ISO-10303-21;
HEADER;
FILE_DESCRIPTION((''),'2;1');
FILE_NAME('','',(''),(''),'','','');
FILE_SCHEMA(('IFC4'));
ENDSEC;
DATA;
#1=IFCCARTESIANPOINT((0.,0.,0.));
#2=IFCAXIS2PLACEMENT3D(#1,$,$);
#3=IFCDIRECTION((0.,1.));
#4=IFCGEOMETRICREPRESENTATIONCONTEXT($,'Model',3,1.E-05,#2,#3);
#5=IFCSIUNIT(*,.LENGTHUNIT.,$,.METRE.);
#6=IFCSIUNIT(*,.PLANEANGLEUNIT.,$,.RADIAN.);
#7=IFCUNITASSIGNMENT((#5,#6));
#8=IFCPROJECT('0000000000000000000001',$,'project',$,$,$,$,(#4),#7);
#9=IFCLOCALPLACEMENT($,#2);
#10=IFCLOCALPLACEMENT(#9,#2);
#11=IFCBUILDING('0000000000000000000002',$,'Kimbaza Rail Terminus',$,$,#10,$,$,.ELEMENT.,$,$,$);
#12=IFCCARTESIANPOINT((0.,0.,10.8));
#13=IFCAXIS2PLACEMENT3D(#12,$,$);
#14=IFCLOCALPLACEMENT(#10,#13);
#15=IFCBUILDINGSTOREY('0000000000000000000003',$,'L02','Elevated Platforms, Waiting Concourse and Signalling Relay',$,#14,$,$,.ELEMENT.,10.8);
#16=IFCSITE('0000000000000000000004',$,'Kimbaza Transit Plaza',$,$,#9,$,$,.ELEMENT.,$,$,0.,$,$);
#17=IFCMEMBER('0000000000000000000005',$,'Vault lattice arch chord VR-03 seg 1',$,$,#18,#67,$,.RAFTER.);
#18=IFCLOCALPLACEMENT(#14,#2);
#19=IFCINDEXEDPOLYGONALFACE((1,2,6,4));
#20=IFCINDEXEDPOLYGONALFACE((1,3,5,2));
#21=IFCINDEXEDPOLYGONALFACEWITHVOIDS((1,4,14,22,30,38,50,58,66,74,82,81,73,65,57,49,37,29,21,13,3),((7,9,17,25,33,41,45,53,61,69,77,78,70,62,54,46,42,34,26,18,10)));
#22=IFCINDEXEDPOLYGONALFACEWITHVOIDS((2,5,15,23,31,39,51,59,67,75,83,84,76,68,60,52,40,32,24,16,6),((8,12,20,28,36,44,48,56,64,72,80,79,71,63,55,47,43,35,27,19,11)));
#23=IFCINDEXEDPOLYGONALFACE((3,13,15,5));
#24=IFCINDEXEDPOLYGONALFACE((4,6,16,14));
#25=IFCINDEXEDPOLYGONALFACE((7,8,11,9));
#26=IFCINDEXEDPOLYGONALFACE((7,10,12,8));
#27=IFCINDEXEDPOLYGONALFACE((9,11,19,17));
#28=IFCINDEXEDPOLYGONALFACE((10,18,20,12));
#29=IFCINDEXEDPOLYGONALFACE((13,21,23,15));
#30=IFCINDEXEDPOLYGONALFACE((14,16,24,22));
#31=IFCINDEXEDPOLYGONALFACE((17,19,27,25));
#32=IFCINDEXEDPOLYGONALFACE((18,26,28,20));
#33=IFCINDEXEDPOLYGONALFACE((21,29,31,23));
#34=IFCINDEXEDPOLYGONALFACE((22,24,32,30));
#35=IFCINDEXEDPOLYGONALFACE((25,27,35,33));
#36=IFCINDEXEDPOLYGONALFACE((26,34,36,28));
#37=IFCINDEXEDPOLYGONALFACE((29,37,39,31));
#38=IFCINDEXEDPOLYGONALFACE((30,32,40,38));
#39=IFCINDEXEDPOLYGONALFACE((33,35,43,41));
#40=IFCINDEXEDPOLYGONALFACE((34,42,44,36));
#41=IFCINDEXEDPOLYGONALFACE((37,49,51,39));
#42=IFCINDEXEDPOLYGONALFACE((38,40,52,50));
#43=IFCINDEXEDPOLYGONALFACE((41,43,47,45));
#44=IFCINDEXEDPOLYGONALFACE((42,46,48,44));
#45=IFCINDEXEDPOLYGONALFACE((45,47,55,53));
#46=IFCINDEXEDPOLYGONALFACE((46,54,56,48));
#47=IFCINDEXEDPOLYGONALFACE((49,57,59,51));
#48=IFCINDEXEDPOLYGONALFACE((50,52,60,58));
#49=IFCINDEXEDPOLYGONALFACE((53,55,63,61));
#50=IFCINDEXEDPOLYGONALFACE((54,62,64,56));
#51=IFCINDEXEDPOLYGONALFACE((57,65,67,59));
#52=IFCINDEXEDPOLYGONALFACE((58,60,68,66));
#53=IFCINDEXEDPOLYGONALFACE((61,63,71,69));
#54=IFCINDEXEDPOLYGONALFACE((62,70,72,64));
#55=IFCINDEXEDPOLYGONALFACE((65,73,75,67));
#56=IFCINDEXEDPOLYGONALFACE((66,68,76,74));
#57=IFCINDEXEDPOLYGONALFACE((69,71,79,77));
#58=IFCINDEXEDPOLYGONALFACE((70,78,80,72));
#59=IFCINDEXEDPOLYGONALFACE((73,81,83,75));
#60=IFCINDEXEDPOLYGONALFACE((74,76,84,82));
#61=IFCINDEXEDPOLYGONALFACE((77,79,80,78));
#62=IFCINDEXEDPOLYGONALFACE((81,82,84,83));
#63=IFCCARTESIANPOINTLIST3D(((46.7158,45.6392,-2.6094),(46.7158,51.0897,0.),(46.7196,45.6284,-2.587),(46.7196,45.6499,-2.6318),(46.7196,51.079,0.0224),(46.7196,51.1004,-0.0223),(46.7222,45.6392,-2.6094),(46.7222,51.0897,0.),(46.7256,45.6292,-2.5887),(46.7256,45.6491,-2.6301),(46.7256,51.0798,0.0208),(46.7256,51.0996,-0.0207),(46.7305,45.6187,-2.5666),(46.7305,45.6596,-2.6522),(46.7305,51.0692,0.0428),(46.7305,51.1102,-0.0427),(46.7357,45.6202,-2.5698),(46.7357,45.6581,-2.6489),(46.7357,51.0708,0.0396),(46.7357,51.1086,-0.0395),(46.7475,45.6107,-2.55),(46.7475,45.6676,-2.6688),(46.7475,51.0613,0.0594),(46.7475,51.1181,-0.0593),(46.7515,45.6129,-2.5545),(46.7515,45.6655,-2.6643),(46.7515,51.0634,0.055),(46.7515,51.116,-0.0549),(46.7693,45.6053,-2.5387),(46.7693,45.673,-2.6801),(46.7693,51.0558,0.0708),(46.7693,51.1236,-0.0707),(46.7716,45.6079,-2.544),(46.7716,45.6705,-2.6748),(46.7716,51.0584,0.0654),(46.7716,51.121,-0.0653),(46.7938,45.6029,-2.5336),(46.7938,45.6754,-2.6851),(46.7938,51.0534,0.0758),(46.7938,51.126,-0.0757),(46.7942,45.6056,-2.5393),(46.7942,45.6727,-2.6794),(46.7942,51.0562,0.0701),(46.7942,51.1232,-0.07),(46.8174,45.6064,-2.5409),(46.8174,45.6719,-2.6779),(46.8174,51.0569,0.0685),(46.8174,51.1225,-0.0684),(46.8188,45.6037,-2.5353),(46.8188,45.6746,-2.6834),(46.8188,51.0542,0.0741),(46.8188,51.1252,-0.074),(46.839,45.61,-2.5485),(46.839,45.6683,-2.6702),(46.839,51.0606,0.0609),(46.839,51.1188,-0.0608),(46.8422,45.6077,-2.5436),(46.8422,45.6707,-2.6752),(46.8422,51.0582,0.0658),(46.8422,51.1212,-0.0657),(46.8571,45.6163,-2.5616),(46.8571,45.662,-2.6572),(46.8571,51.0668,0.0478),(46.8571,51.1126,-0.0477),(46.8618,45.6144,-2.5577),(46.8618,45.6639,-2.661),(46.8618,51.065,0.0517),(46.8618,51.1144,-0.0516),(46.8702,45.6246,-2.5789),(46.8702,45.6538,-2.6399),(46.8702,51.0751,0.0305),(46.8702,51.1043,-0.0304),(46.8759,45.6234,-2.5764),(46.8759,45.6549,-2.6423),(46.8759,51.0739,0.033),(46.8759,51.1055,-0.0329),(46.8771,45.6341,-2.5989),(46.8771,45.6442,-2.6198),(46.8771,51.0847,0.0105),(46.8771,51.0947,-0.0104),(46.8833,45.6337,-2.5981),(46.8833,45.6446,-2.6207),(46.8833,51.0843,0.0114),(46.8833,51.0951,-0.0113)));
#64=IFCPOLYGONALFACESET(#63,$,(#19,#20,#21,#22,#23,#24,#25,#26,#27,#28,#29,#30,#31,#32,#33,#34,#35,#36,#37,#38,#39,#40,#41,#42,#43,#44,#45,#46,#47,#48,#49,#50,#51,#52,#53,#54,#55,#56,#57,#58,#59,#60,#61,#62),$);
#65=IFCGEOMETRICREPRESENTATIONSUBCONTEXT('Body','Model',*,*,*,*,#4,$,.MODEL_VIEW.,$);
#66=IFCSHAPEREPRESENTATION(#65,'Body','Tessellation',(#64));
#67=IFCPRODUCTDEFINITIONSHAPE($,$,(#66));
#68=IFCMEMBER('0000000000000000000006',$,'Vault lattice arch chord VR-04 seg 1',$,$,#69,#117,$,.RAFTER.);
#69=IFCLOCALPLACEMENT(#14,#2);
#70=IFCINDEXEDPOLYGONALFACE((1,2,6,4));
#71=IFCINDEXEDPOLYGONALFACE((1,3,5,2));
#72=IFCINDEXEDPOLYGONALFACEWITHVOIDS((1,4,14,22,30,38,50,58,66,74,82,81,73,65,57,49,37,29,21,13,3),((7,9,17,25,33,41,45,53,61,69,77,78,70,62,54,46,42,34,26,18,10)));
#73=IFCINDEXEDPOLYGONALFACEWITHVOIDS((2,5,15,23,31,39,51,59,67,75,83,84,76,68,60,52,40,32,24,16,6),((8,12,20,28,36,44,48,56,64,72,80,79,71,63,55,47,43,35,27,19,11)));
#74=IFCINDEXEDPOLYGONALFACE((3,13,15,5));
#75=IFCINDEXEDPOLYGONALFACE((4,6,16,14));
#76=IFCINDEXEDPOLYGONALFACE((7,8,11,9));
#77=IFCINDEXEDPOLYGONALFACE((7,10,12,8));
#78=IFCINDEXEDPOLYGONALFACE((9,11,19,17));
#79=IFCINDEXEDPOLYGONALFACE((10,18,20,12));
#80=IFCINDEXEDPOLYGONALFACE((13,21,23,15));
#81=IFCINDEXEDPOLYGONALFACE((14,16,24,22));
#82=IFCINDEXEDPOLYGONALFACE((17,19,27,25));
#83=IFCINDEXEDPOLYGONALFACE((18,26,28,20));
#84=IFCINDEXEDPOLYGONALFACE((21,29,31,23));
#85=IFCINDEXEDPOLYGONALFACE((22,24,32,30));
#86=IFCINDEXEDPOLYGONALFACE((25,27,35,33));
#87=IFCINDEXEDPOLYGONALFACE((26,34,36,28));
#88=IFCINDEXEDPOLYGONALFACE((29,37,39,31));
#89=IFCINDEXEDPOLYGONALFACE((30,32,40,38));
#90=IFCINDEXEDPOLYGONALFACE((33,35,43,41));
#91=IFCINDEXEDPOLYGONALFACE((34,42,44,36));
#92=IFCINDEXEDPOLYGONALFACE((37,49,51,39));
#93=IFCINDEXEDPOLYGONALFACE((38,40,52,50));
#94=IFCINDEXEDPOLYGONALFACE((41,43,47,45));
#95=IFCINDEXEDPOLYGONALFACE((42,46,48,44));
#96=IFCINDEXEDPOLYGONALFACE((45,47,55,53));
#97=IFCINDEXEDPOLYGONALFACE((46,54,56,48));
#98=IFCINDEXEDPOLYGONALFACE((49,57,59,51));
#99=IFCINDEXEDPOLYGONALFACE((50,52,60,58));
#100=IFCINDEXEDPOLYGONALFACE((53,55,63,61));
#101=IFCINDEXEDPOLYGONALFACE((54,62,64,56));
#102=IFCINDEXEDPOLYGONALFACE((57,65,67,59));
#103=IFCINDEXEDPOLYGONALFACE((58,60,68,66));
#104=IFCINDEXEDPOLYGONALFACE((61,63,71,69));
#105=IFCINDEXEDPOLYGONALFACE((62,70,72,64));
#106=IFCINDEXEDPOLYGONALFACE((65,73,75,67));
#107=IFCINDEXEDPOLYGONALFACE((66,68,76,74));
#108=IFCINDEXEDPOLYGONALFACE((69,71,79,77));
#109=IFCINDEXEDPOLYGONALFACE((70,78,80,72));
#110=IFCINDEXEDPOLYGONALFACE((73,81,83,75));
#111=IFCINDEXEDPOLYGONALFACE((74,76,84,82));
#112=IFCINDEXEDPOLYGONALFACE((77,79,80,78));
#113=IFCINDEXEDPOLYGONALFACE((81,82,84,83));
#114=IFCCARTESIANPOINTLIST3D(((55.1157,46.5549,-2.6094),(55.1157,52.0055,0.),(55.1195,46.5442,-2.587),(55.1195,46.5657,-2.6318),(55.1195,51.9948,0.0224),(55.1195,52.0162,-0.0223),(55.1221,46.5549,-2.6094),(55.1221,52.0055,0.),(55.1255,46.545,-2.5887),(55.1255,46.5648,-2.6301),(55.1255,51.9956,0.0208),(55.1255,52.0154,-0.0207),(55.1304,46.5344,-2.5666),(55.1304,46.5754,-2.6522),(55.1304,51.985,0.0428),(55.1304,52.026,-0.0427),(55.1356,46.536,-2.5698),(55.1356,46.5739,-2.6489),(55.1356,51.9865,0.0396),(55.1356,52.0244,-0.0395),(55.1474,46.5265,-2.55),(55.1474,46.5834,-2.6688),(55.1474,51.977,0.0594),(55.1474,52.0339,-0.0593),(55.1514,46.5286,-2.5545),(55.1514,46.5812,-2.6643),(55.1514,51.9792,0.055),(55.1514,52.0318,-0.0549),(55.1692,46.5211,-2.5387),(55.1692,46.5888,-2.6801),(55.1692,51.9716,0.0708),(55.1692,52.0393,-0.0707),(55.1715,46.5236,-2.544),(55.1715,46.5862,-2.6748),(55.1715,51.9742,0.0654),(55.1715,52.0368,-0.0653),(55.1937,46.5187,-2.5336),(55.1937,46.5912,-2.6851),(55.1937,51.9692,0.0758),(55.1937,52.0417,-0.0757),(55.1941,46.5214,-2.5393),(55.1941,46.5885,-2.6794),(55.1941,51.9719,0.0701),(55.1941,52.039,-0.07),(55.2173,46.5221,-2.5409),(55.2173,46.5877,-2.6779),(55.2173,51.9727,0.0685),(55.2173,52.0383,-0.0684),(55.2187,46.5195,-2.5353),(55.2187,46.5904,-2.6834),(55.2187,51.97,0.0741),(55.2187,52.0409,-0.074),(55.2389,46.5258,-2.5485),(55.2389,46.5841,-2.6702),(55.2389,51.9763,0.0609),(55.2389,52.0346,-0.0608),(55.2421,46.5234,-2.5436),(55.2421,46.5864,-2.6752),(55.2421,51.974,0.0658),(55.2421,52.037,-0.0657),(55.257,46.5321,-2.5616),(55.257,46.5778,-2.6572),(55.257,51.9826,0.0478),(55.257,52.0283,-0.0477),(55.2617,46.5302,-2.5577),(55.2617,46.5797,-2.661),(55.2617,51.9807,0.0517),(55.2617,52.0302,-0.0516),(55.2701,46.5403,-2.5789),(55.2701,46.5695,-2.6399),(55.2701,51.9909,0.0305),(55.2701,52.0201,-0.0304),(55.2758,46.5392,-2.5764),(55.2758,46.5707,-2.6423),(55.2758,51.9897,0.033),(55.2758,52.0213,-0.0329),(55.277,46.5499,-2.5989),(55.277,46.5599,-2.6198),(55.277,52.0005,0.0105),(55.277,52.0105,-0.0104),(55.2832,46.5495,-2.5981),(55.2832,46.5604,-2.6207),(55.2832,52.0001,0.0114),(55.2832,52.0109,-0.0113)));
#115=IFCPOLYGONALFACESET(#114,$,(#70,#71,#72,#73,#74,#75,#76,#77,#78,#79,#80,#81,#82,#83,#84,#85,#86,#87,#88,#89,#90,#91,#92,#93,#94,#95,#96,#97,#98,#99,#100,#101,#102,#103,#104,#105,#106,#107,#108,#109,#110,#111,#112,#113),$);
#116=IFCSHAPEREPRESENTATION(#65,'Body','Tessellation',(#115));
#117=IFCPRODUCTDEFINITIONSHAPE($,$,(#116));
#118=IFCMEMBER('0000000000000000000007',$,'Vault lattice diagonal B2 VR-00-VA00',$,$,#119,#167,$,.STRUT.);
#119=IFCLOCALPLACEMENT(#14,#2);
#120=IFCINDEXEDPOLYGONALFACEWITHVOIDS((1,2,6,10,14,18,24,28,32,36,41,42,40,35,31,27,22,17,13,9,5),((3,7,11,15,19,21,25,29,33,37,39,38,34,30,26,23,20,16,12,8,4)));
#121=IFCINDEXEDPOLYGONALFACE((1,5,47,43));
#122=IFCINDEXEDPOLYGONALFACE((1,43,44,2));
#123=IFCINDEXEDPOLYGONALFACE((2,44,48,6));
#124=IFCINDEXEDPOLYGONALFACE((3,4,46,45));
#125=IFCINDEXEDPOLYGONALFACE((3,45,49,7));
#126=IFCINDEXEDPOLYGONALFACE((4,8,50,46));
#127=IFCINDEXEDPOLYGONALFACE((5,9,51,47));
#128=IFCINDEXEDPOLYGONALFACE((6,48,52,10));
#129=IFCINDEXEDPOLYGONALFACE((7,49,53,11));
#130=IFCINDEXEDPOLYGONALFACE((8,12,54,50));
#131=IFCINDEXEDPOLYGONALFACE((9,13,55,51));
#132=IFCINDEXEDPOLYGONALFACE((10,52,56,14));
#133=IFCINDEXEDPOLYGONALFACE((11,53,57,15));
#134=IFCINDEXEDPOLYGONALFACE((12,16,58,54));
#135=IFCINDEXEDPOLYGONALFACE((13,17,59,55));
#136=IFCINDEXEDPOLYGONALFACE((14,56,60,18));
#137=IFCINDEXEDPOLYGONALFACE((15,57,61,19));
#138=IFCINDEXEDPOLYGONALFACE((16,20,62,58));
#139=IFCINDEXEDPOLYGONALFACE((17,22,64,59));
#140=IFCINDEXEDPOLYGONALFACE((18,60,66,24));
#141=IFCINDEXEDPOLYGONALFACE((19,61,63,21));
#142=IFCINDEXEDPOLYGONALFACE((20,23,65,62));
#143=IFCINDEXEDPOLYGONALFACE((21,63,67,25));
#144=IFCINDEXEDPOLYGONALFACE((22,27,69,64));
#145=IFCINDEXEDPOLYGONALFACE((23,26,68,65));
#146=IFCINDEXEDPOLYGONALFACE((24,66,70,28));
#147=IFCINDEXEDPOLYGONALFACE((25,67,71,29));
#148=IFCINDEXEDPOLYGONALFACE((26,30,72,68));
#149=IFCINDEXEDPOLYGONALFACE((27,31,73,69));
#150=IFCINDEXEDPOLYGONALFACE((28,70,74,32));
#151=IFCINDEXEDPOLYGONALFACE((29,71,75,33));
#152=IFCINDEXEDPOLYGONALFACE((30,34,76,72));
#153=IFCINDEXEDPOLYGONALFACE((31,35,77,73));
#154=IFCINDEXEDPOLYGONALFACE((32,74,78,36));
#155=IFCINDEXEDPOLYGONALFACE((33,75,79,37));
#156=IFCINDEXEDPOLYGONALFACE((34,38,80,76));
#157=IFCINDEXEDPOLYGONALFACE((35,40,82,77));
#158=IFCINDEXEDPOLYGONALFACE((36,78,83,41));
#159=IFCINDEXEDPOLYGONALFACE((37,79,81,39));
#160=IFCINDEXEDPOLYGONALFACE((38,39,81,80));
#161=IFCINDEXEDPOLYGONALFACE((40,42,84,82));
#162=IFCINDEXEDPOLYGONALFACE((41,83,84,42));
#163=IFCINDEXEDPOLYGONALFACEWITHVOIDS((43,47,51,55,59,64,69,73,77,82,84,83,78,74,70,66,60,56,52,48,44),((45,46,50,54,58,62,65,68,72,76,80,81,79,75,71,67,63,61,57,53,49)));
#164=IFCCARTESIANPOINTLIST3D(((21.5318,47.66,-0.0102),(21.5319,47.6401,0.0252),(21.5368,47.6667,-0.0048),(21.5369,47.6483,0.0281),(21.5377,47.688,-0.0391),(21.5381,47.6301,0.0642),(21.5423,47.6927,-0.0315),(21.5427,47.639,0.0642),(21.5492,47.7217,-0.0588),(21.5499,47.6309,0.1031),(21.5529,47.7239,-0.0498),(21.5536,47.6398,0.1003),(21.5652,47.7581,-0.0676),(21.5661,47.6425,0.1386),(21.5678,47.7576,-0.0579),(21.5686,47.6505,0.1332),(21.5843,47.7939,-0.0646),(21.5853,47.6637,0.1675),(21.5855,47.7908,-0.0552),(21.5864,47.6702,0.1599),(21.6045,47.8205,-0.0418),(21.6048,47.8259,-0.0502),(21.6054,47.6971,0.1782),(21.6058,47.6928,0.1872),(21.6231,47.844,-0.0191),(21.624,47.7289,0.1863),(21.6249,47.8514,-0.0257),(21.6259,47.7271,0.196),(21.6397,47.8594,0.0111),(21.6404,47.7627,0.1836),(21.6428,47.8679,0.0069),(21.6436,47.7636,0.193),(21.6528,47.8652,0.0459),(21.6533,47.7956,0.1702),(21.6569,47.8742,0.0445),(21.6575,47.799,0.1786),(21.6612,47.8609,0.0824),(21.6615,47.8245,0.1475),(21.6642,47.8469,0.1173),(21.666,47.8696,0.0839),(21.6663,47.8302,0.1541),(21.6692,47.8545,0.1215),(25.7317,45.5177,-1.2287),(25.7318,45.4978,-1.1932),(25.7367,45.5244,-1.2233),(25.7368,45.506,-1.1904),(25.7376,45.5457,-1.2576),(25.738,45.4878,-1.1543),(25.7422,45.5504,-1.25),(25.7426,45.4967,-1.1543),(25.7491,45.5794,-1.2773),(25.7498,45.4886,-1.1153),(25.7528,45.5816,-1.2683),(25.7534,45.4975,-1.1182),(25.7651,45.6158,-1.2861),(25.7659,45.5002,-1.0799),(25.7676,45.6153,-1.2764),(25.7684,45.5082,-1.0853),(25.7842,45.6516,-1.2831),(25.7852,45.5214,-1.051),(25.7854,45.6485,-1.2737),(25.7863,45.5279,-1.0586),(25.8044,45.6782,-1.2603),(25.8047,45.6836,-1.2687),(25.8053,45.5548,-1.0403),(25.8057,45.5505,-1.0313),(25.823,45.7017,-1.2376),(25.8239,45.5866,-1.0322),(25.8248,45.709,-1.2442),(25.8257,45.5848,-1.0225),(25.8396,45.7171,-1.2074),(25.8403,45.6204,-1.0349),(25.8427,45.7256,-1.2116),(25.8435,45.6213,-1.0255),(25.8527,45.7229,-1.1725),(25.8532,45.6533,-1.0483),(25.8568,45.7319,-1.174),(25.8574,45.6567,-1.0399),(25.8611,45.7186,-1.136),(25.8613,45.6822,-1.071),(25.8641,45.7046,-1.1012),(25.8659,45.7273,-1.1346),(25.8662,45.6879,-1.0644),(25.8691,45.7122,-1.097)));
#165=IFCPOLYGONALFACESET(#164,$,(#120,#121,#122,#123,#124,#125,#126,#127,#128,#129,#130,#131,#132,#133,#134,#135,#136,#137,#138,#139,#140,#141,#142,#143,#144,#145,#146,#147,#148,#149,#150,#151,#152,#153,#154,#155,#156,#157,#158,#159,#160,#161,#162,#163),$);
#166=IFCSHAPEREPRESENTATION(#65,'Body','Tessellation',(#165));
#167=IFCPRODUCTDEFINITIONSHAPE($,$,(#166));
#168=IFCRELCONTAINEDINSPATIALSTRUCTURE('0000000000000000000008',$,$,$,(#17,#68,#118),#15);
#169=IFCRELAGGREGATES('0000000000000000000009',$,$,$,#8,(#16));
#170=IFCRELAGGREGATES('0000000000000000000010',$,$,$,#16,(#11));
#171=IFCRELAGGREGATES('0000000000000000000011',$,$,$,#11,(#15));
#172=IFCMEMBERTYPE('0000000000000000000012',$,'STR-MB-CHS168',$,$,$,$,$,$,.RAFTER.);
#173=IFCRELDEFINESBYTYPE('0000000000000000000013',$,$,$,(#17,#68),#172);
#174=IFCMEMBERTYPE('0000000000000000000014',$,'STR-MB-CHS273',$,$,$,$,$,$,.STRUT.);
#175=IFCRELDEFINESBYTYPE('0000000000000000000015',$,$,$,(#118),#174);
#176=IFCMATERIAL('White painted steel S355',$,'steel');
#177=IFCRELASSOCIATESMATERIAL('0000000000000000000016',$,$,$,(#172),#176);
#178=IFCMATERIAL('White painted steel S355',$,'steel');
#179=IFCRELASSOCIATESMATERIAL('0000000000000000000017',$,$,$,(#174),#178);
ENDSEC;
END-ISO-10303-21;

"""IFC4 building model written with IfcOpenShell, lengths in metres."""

from ifc_helpers import new_model, si_unit, direction, frame, origin, origin_2d, place, context, subcontext, project, spatial, hollow_circle, extrude, material, material_profile, profile_set, type_object, element, save


model = new_model("IFC4")

# Units and contexts
model_context = context("Model", 3, precision=1e-05, world=origin(), true_north=direction((0.0, 1.0)))
body_context = subcontext(model_context, "Body", "Model", "MODEL_VIEW")
ifc_project = project(units=[si_unit("LENGTHUNIT", "METRE"), si_unit("PLANEANGLEUNIT", "RADIAN")], contexts=[model_context])

# Site, building, storey
site_placement = place(None, origin())
site = spatial("IfcSite", under=ifc_project, at=site_placement, Name="Kimbaza Transit Plaza", CompositionType="ELEMENT", RefElevation=0.0)
building_placement = place(site_placement, origin())
building = spatial("IfcBuilding", under=site, at=building_placement, Name="Kimbaza Rail Terminus", CompositionType="ELEMENT")
storey_placement = place(building_placement, frame((0.0, 0.0, 10.8)))
storey = spatial("IfcBuildingStorey", under=building, at=storey_placement, Name="L02", Description="Elevated Platforms, Waiting Concourse and Signalling Relay", CompositionType="ELEMENT", Elevation=10.8)

# Members
ifc_material_1 = material(Name="White painted steel S355", Category="steel")
ifc_material_profile_1 = material_profile(ifc_material_1, hollow_circle(Radius=0.0842, WallThickness=0.0063, at=origin_2d()), Name="CHS 168.3x6.3")
ifc_profile_set_1 = profile_set([ifc_material_profile_1], Name="White painted steel S355")
member_type_1 = type_object("IfcMemberType", Name="STR-MB-CHS168", PredefinedType="RAFTER", material=ifc_profile_set_1)
for number, where, z_axis, x_axis, name in (
    (1, (46.8, 45.6392, -2.6094), (0.0, 0.901964, 0.431811), (-1.0, 0.0, 0.0), "Vault lattice arch chord VR-03 seg 1"),
    (2, (55.2, 46.5549, -2.6094), (0.0, 0.901964, 0.431811), (-1.0, 0.0, 0.0), "Vault lattice arch chord VR-04 seg 1"),
):
    element("IfcMember", number, at=place(storey_placement, frame(where, z_axis=z_axis, x_axis=x_axis)), inside=storey, type_object=member_type_1, Name=name, PredefinedType="RAFTER", context=body_context, shape_type="SweptSolid", body=[
        extrude(hollow_circle(Radius=0.0842, WallThickness=0.0063, at=origin_2d()), origin(), (0.0, 0.0, 1.0), 6.043),
    ])
ifc_material_2 = material(Name="White painted steel S355", Category="steel")
ifc_material_profile_2 = material_profile(ifc_material_2, hollow_circle(Radius=0.1365, WallThickness=0.01, at=origin_2d()), Name="CHS 273x10")
ifc_profile_set_2 = profile_set([ifc_material_profile_2], Name="White painted steel S355")
member_type_2 = type_object("IfcMemberType", Name="STR-MB-CHS273", PredefinedType="STRUT", material=ifc_profile_set_2)
for number, where, z_axis, x_axis, name in (
    (3, (25.8, 45.6094, -1.1543), (-0.862467, 0.439932, 0.250222), (-0.454386, -0.890805, 0.0), "Vault lattice diagonal B2 VR-00-VA00"),
):
    element("IfcMember", number, at=place(storey_placement, frame(where, z_axis=z_axis, x_axis=x_axis)), inside=storey, type_object=member_type_2, Name=name, PredefinedType="STRUT", context=body_context, shape_type="SweptSolid", body=[
        extrude(hollow_circle(Radius=0.1365, WallThickness=0.01, at=origin_2d()), origin(), (0.0, 0.0, 1.0), 4.8696),
    ])

save(model, "model.ifc")
